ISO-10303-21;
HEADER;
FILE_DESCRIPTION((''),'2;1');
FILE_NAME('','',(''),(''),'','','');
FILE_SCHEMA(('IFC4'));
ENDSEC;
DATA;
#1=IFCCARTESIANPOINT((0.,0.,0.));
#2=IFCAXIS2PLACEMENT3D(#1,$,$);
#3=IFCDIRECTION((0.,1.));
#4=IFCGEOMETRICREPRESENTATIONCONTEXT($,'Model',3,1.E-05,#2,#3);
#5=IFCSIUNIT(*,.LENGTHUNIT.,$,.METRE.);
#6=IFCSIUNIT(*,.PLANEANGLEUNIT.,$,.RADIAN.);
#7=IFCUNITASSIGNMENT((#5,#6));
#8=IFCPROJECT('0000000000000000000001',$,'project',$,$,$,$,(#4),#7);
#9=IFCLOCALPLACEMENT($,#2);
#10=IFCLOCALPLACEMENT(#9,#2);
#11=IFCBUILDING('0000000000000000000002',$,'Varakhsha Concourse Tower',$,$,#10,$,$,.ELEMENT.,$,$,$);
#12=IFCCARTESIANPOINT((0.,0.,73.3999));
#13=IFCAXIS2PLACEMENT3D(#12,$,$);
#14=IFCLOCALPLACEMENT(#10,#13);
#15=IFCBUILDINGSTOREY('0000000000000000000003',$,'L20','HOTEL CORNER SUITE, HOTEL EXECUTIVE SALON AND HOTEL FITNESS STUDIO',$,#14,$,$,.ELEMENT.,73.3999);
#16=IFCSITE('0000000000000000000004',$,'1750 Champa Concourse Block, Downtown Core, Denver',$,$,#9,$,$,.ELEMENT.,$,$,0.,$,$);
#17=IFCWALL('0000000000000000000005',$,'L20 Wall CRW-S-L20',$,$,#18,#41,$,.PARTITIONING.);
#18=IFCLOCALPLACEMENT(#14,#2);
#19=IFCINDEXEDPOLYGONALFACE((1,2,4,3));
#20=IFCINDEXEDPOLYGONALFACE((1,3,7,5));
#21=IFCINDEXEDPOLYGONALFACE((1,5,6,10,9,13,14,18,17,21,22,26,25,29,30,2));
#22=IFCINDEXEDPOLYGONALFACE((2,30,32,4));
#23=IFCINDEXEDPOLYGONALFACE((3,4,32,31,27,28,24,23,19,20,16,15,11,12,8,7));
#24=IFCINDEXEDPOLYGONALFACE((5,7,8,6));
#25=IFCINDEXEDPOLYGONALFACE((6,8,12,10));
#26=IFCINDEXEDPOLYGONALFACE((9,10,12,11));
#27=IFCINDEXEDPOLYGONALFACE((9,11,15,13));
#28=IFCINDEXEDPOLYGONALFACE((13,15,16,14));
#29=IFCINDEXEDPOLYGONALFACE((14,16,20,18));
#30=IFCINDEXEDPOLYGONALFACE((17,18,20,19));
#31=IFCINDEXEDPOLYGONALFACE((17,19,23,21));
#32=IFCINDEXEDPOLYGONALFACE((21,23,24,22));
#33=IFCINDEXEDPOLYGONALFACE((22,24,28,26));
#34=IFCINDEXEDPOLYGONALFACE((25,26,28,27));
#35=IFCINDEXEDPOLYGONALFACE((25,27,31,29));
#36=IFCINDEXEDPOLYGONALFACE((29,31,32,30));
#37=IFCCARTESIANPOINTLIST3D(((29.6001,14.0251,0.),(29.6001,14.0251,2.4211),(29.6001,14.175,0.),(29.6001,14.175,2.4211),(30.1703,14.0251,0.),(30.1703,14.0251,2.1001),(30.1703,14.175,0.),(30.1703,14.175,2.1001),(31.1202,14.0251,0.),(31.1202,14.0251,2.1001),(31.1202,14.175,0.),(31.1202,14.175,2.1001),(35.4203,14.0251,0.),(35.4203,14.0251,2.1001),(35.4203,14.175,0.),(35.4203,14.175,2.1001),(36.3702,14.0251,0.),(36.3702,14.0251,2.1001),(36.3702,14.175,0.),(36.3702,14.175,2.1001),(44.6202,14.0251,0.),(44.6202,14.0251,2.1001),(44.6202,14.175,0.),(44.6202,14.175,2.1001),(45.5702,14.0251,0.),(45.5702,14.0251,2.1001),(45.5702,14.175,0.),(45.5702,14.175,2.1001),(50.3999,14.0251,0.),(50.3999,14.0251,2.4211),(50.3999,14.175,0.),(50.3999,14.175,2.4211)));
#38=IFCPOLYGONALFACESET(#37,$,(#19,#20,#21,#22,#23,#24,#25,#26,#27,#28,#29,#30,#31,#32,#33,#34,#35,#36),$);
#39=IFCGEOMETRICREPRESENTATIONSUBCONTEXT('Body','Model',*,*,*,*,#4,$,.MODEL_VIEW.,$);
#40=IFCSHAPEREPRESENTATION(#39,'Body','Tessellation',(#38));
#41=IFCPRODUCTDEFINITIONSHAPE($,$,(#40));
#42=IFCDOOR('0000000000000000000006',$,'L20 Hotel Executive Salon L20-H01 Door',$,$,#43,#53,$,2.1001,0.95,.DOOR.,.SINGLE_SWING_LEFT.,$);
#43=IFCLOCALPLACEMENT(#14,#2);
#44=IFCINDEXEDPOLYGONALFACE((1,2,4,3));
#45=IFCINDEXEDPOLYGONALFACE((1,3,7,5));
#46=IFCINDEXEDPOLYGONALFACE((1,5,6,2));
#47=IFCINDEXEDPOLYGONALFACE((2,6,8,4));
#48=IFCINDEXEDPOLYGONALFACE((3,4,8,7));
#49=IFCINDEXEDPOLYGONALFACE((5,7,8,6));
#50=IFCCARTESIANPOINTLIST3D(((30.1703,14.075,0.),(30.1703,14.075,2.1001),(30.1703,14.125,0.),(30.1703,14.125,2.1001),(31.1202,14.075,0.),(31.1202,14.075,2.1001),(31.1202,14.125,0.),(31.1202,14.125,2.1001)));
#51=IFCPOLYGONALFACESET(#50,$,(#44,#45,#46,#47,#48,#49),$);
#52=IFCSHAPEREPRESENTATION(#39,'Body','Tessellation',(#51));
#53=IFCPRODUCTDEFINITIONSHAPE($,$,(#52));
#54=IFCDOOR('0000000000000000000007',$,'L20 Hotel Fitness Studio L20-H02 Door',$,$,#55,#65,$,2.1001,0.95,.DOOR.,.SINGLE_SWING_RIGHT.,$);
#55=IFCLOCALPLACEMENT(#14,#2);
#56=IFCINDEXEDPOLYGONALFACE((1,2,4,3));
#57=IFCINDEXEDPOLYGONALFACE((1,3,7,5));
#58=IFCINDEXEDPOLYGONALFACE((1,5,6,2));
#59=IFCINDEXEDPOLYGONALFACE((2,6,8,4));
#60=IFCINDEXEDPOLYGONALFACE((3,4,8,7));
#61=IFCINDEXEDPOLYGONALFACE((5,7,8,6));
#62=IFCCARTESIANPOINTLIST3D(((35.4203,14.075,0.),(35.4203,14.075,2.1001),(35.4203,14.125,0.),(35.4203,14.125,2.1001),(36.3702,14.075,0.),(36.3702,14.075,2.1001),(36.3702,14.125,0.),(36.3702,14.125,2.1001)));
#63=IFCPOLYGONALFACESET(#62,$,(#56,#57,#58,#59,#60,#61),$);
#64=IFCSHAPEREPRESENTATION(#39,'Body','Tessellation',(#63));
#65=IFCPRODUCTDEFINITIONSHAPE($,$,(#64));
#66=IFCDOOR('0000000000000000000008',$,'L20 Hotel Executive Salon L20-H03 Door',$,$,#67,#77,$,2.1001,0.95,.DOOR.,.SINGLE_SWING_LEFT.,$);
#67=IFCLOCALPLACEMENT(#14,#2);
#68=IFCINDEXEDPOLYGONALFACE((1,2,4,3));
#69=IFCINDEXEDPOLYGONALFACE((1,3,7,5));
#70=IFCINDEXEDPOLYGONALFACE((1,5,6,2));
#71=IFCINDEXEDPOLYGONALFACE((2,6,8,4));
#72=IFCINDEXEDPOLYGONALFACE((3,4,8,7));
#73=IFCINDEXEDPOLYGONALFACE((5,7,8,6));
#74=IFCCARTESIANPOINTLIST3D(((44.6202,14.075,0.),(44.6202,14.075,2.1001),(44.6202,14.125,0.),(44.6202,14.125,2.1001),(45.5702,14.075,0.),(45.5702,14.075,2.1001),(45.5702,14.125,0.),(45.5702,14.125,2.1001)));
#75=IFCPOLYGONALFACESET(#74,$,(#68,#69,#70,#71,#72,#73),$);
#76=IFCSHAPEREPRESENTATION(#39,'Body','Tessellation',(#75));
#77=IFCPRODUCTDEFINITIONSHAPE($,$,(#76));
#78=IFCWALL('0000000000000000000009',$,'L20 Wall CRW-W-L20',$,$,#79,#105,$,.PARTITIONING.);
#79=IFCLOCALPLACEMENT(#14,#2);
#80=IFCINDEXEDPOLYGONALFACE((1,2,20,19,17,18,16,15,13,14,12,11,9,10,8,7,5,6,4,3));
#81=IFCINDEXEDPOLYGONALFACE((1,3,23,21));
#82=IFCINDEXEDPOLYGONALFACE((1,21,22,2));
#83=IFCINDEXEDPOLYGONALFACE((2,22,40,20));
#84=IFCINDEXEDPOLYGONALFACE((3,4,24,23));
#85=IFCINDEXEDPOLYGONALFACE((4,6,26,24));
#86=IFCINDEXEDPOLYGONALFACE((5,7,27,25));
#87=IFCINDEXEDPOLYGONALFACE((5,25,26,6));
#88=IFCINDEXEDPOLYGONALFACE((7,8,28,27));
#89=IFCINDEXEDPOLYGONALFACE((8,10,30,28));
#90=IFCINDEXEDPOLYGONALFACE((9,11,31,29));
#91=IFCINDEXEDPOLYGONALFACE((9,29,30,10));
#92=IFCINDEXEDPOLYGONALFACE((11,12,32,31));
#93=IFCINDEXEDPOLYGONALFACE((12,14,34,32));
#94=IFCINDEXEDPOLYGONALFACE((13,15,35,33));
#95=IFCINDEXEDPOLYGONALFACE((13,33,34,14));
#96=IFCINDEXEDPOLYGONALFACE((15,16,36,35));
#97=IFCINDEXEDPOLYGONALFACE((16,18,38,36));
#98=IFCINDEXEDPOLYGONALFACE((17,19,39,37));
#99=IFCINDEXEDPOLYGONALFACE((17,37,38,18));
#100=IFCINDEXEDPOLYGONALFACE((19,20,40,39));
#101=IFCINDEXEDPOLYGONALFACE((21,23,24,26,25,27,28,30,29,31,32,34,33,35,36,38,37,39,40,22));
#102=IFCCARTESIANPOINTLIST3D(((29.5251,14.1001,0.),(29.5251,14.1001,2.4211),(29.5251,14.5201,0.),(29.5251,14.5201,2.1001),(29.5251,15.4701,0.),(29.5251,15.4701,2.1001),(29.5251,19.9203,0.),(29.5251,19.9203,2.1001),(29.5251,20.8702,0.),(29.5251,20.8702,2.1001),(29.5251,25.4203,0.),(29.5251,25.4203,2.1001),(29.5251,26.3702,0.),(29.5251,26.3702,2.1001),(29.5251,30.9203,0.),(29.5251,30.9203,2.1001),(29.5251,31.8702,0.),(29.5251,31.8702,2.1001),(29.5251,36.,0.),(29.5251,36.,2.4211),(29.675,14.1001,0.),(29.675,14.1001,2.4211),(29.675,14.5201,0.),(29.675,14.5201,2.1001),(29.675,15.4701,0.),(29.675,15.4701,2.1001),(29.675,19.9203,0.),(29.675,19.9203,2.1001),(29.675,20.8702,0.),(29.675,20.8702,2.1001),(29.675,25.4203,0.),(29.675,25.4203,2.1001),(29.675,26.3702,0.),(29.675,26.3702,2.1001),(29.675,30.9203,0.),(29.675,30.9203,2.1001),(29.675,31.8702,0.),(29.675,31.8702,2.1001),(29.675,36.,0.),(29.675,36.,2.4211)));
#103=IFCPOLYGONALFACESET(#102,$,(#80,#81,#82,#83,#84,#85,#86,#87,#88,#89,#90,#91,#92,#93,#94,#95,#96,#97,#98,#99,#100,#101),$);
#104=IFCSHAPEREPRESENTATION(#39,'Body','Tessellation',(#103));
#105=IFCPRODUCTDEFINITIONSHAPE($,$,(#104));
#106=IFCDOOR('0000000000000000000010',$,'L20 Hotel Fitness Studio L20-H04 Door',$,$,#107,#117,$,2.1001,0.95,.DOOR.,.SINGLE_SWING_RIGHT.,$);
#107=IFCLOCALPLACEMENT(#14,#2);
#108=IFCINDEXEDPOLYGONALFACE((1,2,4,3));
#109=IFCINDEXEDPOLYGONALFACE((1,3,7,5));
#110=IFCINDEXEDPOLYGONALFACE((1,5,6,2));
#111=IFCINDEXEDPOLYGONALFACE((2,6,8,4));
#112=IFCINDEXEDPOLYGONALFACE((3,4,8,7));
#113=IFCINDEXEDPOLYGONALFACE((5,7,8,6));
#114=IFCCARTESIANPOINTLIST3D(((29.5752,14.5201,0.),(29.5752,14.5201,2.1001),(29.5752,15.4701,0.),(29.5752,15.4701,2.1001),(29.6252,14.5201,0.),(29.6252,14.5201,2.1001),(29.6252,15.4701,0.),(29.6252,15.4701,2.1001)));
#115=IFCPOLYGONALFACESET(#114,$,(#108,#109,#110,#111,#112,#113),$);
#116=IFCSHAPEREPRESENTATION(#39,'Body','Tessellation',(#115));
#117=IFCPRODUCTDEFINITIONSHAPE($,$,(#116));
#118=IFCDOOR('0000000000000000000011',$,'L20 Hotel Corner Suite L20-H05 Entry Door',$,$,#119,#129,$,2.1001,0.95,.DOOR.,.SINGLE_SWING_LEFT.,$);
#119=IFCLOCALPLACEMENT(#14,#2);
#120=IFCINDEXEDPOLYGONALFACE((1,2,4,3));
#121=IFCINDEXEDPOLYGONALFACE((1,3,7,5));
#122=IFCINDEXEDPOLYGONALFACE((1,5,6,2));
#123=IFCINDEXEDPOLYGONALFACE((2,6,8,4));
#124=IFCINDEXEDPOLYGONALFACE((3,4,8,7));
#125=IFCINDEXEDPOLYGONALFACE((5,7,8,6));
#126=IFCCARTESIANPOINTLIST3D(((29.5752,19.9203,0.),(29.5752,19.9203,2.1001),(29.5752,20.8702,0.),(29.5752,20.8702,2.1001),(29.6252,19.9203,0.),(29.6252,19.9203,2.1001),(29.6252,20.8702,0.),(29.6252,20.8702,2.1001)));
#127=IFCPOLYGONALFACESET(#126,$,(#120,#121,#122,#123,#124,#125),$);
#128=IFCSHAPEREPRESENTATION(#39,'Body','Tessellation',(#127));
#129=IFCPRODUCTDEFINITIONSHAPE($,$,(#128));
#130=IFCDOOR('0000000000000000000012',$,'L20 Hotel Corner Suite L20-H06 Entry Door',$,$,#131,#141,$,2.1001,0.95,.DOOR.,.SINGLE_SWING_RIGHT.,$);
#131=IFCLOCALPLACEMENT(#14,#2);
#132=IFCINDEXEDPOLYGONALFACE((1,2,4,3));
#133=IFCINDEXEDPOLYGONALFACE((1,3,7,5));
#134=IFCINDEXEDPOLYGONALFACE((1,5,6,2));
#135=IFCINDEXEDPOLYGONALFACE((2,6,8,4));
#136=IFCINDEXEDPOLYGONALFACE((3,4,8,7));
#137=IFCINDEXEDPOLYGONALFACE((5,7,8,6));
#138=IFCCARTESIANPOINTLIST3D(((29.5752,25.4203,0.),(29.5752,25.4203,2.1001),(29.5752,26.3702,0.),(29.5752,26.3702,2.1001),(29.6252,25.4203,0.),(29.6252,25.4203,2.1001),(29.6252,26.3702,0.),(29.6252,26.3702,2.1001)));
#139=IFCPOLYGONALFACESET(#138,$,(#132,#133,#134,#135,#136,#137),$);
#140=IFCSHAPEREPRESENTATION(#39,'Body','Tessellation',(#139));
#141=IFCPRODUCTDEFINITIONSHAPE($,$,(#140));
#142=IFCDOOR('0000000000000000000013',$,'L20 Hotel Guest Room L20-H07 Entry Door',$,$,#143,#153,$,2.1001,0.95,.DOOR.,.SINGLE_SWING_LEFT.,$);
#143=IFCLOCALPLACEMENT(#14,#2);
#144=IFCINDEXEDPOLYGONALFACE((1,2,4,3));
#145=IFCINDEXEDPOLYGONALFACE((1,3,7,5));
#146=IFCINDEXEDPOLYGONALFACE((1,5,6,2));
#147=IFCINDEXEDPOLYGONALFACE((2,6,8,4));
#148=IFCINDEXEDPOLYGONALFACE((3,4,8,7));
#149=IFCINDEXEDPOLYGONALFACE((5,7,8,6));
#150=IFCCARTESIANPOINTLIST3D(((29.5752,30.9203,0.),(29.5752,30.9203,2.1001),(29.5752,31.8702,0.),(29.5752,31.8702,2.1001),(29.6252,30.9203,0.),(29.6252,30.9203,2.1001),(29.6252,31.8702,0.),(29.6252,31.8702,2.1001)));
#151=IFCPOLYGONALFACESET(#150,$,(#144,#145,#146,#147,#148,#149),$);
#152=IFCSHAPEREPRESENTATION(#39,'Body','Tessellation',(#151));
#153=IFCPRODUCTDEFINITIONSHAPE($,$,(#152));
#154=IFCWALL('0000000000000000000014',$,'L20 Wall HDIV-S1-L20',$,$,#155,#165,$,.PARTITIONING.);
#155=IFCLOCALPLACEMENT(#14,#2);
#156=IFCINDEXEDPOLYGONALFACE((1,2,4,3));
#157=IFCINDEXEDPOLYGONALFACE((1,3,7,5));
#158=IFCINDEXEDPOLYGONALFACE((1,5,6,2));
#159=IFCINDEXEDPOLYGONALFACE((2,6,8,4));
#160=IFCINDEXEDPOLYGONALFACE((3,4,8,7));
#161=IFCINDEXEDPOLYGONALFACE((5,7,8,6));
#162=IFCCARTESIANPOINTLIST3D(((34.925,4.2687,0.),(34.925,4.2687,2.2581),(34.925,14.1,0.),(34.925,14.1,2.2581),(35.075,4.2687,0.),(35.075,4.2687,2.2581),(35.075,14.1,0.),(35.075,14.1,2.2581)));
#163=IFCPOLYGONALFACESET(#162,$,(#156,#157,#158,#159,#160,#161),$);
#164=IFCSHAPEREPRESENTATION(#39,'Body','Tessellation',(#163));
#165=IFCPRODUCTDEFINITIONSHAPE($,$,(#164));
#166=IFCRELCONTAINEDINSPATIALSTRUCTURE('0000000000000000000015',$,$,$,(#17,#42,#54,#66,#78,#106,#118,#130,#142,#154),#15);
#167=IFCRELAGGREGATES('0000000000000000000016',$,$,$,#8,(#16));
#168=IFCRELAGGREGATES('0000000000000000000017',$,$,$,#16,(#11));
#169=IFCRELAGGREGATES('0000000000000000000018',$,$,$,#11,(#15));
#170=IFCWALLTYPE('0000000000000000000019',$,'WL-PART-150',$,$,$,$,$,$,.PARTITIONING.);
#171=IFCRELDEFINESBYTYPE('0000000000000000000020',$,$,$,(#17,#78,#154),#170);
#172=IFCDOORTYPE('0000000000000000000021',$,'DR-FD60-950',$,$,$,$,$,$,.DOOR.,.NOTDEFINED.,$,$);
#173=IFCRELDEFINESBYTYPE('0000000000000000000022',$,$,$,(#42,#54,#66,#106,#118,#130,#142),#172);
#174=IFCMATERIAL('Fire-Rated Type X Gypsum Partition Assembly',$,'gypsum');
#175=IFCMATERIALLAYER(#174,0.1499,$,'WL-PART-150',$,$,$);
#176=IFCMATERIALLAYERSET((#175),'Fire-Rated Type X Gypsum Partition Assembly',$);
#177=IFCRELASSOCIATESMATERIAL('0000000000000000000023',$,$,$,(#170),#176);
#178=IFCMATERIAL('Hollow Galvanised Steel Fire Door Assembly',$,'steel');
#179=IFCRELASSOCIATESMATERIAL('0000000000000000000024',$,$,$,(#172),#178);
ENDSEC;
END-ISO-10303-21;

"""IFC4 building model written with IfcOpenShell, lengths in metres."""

from ifc_helpers import new_model, si_unit, direction, frame, frame_2d, origin, place, context, subcontext, project, spatial, rectangle, extrude, material, layer, layer_set, type_object, element, fill, save


model = new_model("IFC4")

# Units and contexts
model_context = context("Model", 3, precision=1e-05, world=origin(), true_north=direction((0.0, 1.0)))
body_context = subcontext(model_context, "Body", "Model", "MODEL_VIEW")
ifc_project = project(units=[si_unit("LENGTHUNIT", "METRE"), si_unit("PLANEANGLEUNIT", "RADIAN")], contexts=[model_context])

# Site, building, storey
site_placement = place(None, origin())
site = spatial("IfcSite", under=ifc_project, at=site_placement, Name="1750 Champa Concourse Block, Downtown Core, Denver", CompositionType="ELEMENT", RefElevation=0.0)
building_placement = place(site_placement, origin())
building = spatial("IfcBuilding", under=site, at=building_placement, Name="Varakhsha Concourse Tower", CompositionType="ELEMENT")
storey_placement = place(building_placement, frame((0.0, 0.0, 73.3999)))
storey = spatial("IfcBuildingStorey", under=building, at=storey_placement, Name="L20", Description="HOTEL CORNER SUITE, HOTEL EXECUTIVE SALON AND HOTEL FITNESS STUDIO", CompositionType="ELEMENT", Elevation=73.3999)

# Walls, openings, doors
ifc_material_1 = material(Name="Fire-Rated Type X Gypsum Partition Assembly", Category="gypsum")
ifc_layer_1 = layer(ifc_material_1, 0.1499, Name="WL-PART-150")
ifc_layer_set_1 = layer_set([ifc_layer_1], Name="Fire-Rated Type X Gypsum Partition Assembly")
wall_type = type_object("IfcWallType", Name="WL-PART-150", PredefinedType="PARTITIONING", material=ifc_layer_set_1)
wall_1_placement = place(storey_placement, frame((29.6001, 14.1001, 0.0), z_axis=(0.0, 0.0, 1.0), x_axis=(1.0, 0.0, 0.0)))
wall_1 = element("IfcWall", 1, at=wall_1_placement, inside=storey, type_object=wall_type, Name="L20 Wall CRW-S-L20", PredefinedType="PARTITIONING", context=body_context, shape_type="SweptSolid", body=[
    extrude(rectangle(XDim=20.7998, YDim=0.1499, at=frame_2d((10.3999, 0.0))), origin(), (0.0, 0.0, 1.0), 2.4211),
])
opening_1_placement = place(wall_1_placement, frame((0.5701, 0.0, 0.0)))
opening_1 = element("IfcOpeningElement", 2, at=opening_1_placement, cuts=wall_1, PredefinedType="OPENING", context=body_context, shape_type="SweptSolid", body=[
    extrude(rectangle(XDim=0.95, YDim=2.1001, at=frame_2d((0.4751, 1.05))), frame((0.0, 0.085, 0.0), z_axis=(0.0, -1.0, 0.0), x_axis=(1.0, 0.0, 0.0)), (0.0, 0.0, 1.0), 0.1699),
])
opening_2_placement = place(wall_1_placement, frame((5.8201, 0.0, 0.0)))
opening_2 = element("IfcOpeningElement", 3, at=opening_2_placement, cuts=wall_1, PredefinedType="OPENING", context=body_context, shape_type="SweptSolid", body=[
    extrude(rectangle(XDim=0.95, YDim=2.1001, at=frame_2d((0.4751, 1.05))), frame((0.0, 0.085, 0.0), z_axis=(0.0, -1.0, 0.0), x_axis=(1.0, 0.0, 0.0)), (0.0, 0.0, 1.0), 0.1699),
])
opening_3_placement = place(wall_1_placement, frame((15.02, 0.0, 0.0)))
opening_3 = element("IfcOpeningElement", 4, at=opening_3_placement, cuts=wall_1, PredefinedType="OPENING", context=body_context, shape_type="SweptSolid", body=[
    extrude(rectangle(XDim=0.95, YDim=2.1001, at=frame_2d((0.4751, 1.05))), frame((0.0, 0.085, 0.0), z_axis=(0.0, -1.0, 0.0), x_axis=(1.0, 0.0, 0.0)), (0.0, 0.0, 1.0), 0.1699),
])
ifc_material_2 = material(Name="Hollow Galvanised Steel Fire Door Assembly", Category="steel")
door_type = type_object("IfcDoorType", Name="DR-FD60-950", OperationType="NOTDEFINED", PredefinedType="DOOR", material=ifc_material_2)
door_1_placement = place(opening_1_placement, origin())
door_1 = element("IfcDoor", 5, at=door_1_placement, inside=storey, type_object=door_type, Name="L20 Hotel Executive Salon L20-H01 Door", OperationType="SINGLE_SWING_LEFT", OverallHeight=2.1001, OverallWidth=0.95, PredefinedType="DOOR", context=body_context, shape_type="SweptSolid", body=[
    extrude(rectangle(XDim=0.95, YDim=2.1001, at=frame_2d((0.4751, 1.05))), frame((0.0, 0.0249, 0.0), z_axis=(0.0, -1.0, 0.0), x_axis=(1.0, 0.0, 0.0)), (0.0, 0.0, 1.0), 0.05),
])
fill(opening_1, door_1)
door_2_placement = place(opening_2_placement, origin())
door_2 = element("IfcDoor", 6, at=door_2_placement, inside=storey, type_object=door_type, Name="L20 Hotel Fitness Studio L20-H02 Door", OperationType="SINGLE_SWING_RIGHT", OverallHeight=2.1001, OverallWidth=0.95, PredefinedType="DOOR", context=body_context, shape_type="SweptSolid", body=[
    extrude(rectangle(XDim=0.95, YDim=2.1001, at=frame_2d((0.4751, 1.05))), frame((0.0, 0.0249, 0.0), z_axis=(0.0, -1.0, 0.0), x_axis=(1.0, 0.0, 0.0)), (0.0, 0.0, 1.0), 0.05),
])
fill(opening_2, door_2)
door_3_placement = place(opening_3_placement, origin())
door_3 = element("IfcDoor", 7, at=door_3_placement, inside=storey, type_object=door_type, Name="L20 Hotel Executive Salon L20-H03 Door", OperationType="SINGLE_SWING_LEFT", OverallHeight=2.1001, OverallWidth=0.95, PredefinedType="DOOR", context=body_context, shape_type="SweptSolid", body=[
    extrude(rectangle(XDim=0.95, YDim=2.1001, at=frame_2d((0.4751, 1.05))), frame((0.0, 0.0249, 0.0), z_axis=(0.0, -1.0, 0.0), x_axis=(1.0, 0.0, 0.0)), (0.0, 0.0, 1.0), 0.05),
])
fill(opening_3, door_3)
wall_2_placement = place(storey_placement, frame((29.6001, 14.1001, 0.0), z_axis=(0.0, 0.0, 1.0), x_axis=(0.0, 1.0, 0.0)))
wall_2 = element("IfcWall", 8, at=wall_2_placement, inside=storey, type_object=wall_type, Name="L20 Wall CRW-W-L20", PredefinedType="PARTITIONING", context=body_context, shape_type="SweptSolid", body=[
    extrude(rectangle(XDim=21.8999, YDim=0.1499, at=frame_2d((10.95, 0.0))), origin(), (0.0, 0.0, 1.0), 2.4211),
])
opening_4_placement = place(wall_2_placement, frame((0.4199, 0.0, 0.0)))
opening_4 = element("IfcOpeningElement", 9, at=opening_4_placement, cuts=wall_2, PredefinedType="OPENING", context=body_context, shape_type="SweptSolid", body=[
    extrude(rectangle(XDim=0.95, YDim=2.1001, at=frame_2d((0.4751, 1.05))), frame((0.0, 0.085, 0.0), z_axis=(0.0, -1.0, 0.0), x_axis=(1.0, 0.0, 0.0)), (0.0, 0.0, 1.0), 0.1699),
])
opening_5_placement = place(wall_2_placement, frame((5.8201, 0.0, 0.0)))
opening_5 = element("IfcOpeningElement", 10, at=opening_5_placement, cuts=wall_2, PredefinedType="OPENING", context=body_context, shape_type="SweptSolid", body=[
    extrude(rectangle(XDim=0.95, YDim=2.1001, at=frame_2d((0.4751, 1.05))), frame((0.0, 0.085, 0.0), z_axis=(0.0, -1.0, 0.0), x_axis=(1.0, 0.0, 0.0)), (0.0, 0.0, 1.0), 0.1699),
])
opening_6_placement = place(wall_2_placement, frame((11.3201, 0.0, 0.0)))
opening_6 = element("IfcOpeningElement", 11, at=opening_6_placement, cuts=wall_2, PredefinedType="OPENING", context=body_context, shape_type="SweptSolid", body=[
    extrude(rectangle(XDim=0.95, YDim=2.1001, at=frame_2d((0.4751, 1.05))), frame((0.0, 0.085, 0.0), z_axis=(0.0, -1.0, 0.0), x_axis=(1.0, 0.0, 0.0)), (0.0, 0.0, 1.0), 0.1699),
])
opening_7_placement = place(wall_2_placement, frame((16.8201, 0.0, 0.0)))
opening_7 = element("IfcOpeningElement", 12, at=opening_7_placement, cuts=wall_2, PredefinedType="OPENING", context=body_context, shape_type="SweptSolid", body=[
    extrude(rectangle(XDim=0.95, YDim=2.1001, at=frame_2d((0.4751, 1.05))), frame((0.0, 0.085, 0.0), z_axis=(0.0, -1.0, 0.0), x_axis=(1.0, 0.0, 0.0)), (0.0, 0.0, 1.0), 0.1699),
])
door_4_placement = place(opening_4_placement, origin())
door_4 = element("IfcDoor", 13, at=door_4_placement, inside=storey, type_object=door_type, Name="L20 Hotel Fitness Studio L20-H04 Door", OperationType="SINGLE_SWING_RIGHT", OverallHeight=2.1001, OverallWidth=0.95, PredefinedType="DOOR", context=body_context, shape_type="SweptSolid", body=[
    extrude(rectangle(XDim=0.95, YDim=2.1001, at=frame_2d((0.4751, 1.05))), frame((0.0, 0.0249, 0.0), z_axis=(0.0, -1.0, 0.0), x_axis=(1.0, 0.0, 0.0)), (0.0, 0.0, 1.0), 0.05),
])
fill(opening_4, door_4)
door_5_placement = place(opening_5_placement, origin())
door_5 = element("IfcDoor", 14, at=door_5_placement, inside=storey, type_object=door_type, Name="L20 Hotel Corner Suite L20-H05 Entry Door", OperationType="SINGLE_SWING_LEFT", OverallHeight=2.1001, OverallWidth=0.95, PredefinedType="DOOR", context=body_context, shape_type="SweptSolid", body=[
    extrude(rectangle(XDim=0.95, YDim=2.1001, at=frame_2d((0.4751, 1.05))), frame((0.0, 0.0249, 0.0), z_axis=(0.0, -1.0, 0.0), x_axis=(1.0, 0.0, 0.0)), (0.0, 0.0, 1.0), 0.05),
])
fill(opening_5, door_5)
door_6_placement = place(opening_6_placement, origin())
door_6 = element("IfcDoor", 15, at=door_6_placement, inside=storey, type_object=door_type, Name="L20 Hotel Corner Suite L20-H06 Entry Door", OperationType="SINGLE_SWING_RIGHT", OverallHeight=2.1001, OverallWidth=0.95, PredefinedType="DOOR", context=body_context, shape_type="SweptSolid", body=[
    extrude(rectangle(XDim=0.95, YDim=2.1001, at=frame_2d((0.4751, 1.05))), frame((0.0, 0.0249, 0.0), z_axis=(0.0, -1.0, 0.0), x_axis=(1.0, 0.0, 0.0)), (0.0, 0.0, 1.0), 0.05),
])
fill(opening_6, door_6)
door_7_placement = place(opening_7_placement, origin())
door_7 = element("IfcDoor", 16, at=door_7_placement, inside=storey, type_object=door_type, Name="L20 Hotel Guest Room L20-H07 Entry Door", OperationType="SINGLE_SWING_LEFT", OverallHeight=2.1001, OverallWidth=0.95, PredefinedType="DOOR", context=body_context, shape_type="SweptSolid", body=[
    extrude(rectangle(XDim=0.95, YDim=2.1001, at=frame_2d((0.4751, 1.05))), frame((0.0, 0.0249, 0.0), z_axis=(0.0, -1.0, 0.0), x_axis=(1.0, 0.0, 0.0)), (0.0, 0.0, 1.0), 0.05),
])
fill(opening_7, door_7)

# Wall
wall_3_placement = place(storey_placement, frame((35.0, 4.2688, 0.0), z_axis=(0.0, 0.0, 1.0), x_axis=(0.0, 1.0, 0.0)))
element("IfcWall", 17, at=wall_3_placement, inside=storey, type_object=wall_type, Name="L20 Wall HDIV-S1-L20", PredefinedType="PARTITIONING", context=body_context, shape_type="SweptSolid", body=[
    extrude(rectangle(XDim=9.8313, YDim=0.1499, at=frame_2d((4.9155, 0.0))), origin(), (0.0, 0.0, 1.0), 2.2581),
])

save(model, "model.ifc")
